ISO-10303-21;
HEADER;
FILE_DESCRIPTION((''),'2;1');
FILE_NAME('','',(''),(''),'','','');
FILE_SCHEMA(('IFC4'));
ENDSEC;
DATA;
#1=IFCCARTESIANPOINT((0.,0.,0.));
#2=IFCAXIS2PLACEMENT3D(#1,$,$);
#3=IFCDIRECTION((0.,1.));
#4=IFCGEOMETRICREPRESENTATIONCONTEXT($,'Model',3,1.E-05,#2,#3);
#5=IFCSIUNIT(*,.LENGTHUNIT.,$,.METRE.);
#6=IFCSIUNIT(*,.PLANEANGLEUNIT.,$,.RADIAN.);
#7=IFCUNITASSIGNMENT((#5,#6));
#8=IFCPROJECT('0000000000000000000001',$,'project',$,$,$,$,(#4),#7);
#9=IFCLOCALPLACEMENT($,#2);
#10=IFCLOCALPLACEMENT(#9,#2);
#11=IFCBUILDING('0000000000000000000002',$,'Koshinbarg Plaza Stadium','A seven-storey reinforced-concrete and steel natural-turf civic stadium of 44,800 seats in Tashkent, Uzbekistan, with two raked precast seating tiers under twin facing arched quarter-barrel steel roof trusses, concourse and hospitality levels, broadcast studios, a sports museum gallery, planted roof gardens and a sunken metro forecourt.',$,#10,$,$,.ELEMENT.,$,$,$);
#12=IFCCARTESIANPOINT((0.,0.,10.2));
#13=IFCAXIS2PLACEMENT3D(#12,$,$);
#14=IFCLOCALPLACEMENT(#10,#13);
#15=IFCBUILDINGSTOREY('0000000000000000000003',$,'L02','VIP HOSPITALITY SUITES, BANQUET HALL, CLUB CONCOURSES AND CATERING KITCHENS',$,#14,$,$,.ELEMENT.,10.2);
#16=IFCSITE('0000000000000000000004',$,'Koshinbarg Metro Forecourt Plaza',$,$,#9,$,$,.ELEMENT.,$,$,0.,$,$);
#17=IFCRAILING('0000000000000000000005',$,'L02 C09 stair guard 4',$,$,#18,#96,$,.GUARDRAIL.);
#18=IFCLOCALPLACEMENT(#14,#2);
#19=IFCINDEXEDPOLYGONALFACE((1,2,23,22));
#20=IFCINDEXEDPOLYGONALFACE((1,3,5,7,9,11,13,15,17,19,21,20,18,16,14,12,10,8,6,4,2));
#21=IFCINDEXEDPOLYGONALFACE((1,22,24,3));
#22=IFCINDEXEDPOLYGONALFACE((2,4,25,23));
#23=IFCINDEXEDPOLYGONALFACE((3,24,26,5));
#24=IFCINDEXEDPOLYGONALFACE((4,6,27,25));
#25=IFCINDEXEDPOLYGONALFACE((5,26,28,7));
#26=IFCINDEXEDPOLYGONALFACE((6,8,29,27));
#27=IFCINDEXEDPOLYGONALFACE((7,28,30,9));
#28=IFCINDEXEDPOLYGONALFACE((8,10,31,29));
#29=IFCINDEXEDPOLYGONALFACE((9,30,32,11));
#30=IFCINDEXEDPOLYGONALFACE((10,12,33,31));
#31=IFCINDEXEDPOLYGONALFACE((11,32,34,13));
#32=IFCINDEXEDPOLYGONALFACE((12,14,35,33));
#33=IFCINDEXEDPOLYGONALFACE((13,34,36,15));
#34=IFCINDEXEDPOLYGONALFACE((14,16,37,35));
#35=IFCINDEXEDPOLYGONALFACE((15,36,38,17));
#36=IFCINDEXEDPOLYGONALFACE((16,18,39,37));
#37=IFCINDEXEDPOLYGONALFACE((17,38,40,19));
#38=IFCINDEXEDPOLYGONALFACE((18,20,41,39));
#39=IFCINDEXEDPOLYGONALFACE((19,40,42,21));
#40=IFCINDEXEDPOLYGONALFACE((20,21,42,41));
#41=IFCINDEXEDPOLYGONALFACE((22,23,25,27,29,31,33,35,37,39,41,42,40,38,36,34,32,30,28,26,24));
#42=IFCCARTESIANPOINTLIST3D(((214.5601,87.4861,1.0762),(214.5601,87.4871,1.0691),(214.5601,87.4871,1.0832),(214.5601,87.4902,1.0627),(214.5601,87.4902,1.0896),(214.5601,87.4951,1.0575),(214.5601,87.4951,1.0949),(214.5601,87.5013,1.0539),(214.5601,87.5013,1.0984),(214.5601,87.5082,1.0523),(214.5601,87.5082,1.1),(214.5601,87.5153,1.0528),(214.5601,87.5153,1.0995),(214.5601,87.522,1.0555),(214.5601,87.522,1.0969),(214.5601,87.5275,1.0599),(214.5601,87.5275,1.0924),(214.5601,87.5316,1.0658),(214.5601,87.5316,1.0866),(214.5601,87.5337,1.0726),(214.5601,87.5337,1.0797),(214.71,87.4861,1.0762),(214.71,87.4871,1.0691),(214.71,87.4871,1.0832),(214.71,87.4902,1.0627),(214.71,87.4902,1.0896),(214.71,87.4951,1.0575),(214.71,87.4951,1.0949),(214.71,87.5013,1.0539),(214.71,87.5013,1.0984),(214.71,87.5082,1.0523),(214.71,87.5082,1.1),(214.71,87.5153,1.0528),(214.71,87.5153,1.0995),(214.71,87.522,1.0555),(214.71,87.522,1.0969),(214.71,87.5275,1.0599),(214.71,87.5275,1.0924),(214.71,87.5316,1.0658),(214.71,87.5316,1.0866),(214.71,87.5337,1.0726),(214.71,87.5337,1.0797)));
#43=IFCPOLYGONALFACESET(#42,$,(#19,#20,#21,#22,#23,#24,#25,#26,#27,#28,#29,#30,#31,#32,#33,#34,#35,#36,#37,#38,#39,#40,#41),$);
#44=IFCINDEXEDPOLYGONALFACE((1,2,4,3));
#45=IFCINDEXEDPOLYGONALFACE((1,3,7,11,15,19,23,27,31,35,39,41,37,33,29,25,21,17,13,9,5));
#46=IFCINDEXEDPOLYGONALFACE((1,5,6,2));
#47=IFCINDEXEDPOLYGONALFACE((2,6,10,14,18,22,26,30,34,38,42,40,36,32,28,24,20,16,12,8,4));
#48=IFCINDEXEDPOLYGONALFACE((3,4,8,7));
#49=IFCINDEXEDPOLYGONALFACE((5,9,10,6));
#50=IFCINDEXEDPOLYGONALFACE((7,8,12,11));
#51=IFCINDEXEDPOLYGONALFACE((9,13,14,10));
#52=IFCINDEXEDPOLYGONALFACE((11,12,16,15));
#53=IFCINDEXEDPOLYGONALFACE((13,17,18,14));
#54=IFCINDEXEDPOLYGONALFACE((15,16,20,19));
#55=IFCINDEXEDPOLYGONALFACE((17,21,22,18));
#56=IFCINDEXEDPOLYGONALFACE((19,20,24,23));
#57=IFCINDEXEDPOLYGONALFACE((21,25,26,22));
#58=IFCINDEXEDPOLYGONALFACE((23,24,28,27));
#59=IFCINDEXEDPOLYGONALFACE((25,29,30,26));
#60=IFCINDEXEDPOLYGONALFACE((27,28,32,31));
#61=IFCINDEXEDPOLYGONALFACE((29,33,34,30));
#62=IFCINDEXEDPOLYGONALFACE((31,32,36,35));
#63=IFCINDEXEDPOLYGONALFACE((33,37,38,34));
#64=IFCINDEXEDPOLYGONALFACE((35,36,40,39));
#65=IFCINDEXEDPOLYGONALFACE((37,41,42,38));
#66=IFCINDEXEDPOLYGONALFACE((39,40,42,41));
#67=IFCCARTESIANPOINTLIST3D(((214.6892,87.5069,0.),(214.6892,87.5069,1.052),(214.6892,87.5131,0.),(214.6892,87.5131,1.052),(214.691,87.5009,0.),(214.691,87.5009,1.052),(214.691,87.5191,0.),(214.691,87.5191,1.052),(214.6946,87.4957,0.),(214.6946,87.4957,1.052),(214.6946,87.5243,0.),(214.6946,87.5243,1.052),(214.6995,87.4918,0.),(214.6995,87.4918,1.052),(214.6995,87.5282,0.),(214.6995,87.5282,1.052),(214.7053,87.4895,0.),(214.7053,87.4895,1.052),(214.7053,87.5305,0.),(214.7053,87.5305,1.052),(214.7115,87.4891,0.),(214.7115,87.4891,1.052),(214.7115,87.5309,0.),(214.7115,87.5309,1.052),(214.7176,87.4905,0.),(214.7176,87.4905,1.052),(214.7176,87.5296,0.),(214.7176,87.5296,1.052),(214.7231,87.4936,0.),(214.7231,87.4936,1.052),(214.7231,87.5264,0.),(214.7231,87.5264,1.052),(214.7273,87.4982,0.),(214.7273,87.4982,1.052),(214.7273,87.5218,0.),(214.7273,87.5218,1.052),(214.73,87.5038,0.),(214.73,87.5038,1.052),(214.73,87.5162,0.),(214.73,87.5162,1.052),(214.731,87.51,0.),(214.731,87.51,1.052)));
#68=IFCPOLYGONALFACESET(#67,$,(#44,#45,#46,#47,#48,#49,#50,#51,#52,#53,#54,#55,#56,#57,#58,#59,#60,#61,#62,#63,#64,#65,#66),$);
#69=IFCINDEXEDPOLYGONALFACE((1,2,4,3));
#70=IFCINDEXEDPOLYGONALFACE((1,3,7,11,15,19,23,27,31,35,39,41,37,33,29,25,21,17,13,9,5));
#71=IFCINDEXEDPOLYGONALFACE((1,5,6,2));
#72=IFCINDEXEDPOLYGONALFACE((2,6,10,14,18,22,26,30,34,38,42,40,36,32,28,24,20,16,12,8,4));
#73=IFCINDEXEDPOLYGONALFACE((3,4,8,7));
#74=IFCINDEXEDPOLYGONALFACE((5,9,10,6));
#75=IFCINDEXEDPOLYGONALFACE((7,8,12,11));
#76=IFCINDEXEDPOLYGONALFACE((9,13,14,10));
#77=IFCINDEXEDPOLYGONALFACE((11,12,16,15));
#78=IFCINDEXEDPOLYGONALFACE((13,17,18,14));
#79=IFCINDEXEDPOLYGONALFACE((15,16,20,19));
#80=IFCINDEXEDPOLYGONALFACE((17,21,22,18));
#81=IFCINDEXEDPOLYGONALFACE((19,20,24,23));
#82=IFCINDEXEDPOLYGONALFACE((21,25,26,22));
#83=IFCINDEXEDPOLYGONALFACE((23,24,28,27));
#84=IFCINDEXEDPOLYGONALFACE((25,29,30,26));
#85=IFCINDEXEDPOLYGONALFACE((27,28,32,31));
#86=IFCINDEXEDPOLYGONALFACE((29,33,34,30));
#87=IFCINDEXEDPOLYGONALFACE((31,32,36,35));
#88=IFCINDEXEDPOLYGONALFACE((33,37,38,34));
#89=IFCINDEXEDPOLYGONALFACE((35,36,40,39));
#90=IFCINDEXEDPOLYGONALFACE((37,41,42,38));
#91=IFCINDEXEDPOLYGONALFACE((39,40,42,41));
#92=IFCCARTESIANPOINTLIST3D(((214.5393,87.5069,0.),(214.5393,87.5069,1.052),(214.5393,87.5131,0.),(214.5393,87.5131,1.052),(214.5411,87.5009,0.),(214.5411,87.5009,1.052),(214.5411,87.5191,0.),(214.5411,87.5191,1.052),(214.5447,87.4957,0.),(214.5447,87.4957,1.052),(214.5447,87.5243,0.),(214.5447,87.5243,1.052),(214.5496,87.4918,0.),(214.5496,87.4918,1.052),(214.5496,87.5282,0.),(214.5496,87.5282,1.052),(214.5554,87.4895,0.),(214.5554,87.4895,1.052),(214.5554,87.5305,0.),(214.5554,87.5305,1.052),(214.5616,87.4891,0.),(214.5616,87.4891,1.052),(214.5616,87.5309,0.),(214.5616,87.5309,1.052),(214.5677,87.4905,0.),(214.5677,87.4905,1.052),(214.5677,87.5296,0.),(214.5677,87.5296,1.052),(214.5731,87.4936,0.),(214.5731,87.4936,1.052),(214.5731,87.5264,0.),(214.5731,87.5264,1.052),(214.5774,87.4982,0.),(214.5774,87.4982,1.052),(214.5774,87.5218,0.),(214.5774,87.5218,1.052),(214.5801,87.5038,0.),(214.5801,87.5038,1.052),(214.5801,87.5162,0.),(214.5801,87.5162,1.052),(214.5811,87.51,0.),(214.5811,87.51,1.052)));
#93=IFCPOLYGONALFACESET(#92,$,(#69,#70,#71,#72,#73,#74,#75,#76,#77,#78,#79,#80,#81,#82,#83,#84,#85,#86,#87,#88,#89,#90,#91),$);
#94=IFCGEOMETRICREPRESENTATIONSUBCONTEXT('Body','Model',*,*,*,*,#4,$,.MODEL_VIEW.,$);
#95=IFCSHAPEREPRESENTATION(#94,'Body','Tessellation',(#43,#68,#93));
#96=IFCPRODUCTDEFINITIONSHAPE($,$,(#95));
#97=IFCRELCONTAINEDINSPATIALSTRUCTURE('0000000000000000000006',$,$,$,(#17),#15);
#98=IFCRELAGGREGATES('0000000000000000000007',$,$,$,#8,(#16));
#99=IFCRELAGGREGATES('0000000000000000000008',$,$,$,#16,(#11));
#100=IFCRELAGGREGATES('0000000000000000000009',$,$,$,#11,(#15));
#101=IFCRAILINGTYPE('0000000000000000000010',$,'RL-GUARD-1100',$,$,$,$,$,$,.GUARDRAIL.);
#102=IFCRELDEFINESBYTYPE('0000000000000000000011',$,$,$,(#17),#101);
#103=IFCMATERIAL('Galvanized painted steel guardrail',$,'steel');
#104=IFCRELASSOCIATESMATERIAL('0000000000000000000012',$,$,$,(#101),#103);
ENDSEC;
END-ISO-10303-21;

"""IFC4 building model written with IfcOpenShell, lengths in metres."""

from ifc_helpers import new_model, si_unit, direction, frame, origin, origin_2d, place, context, subcontext, project, spatial, circle, extrude, material, type_object, element, save


model = new_model("IFC4")

# Units and contexts
model_context = context("Model", 3, precision=1e-05, world=origin(), true_north=direction((0.0, 1.0)))
body_context = subcontext(model_context, "Body", "Model", "MODEL_VIEW")
ifc_project = project(units=[si_unit("LENGTHUNIT", "METRE"), si_unit("PLANEANGLEUNIT", "RADIAN")], contexts=[model_context])

# Site, building, storey
site_placement = place(None, origin())
site = spatial("IfcSite", under=ifc_project, at=site_placement, Name="Koshinbarg Metro Forecourt Plaza", CompositionType="ELEMENT", RefElevation=0.0)
building_placement = place(site_placement, origin())
building = spatial("IfcBuilding", under=site, at=building_placement, Name="Koshinbarg Plaza Stadium", Description="A seven-storey reinforced-concrete and steel natural-turf civic stadium of 44,800 seats in Tashkent, Uzbekistan, with two raked precast seating tiers under twin facing arched quarter-barrel steel roof trusses, concourse and hospitality levels, broadcast studios, a sports museum gallery, planted roof gardens and a sunken metro forecourt.", CompositionType="ELEMENT")
storey_placement = place(building_placement, frame((0.0, 0.0, 10.2)))
storey = spatial("IfcBuildingStorey", under=building, at=storey_placement, Name="L02", Description="VIP HOSPITALITY SUITES, BANQUET HALL, CLUB CONCOURSES AND CATERING KITCHENS", CompositionType="ELEMENT", Elevation=10.2)

# Railing
ifc_material_1 = material(Name="Galvanized painted steel guardrail", Category="steel")
railing_type_1 = type_object("IfcRailingType", Name="RL-GUARD-1100", PredefinedType="GUARDRAIL", material=ifc_material_1)
railing_1_placement = place(storey_placement, frame((214.71, 87.51, 0.0)))
element("IfcRailing", 1, at=railing_1_placement, inside=storey, type_object=railing_type_1, Name="L02 C09 stair guard 4", PredefinedType="GUARDRAIL", context=body_context, shape_type="SweptSolid", body=[
    extrude(circle(Radius=0.0239, at=origin_2d()), frame((0.0, 0.0, 1.0762), z_axis=(-1.0, 0.0, 0.0), x_axis=(0.0, -1.0, 0.0)), (0.0, 0.0, 1.0), 0.1499),
    extrude(circle(Radius=0.021, at=origin_2d()), origin(), (0.0, 0.0, 1.0), 1.052),
    extrude(circle(Radius=0.021, at=origin_2d()), frame((-0.1499, 0.0, 0.0)), (0.0, 0.0, 1.0), 1.052),
])

save(model, "model.ifc")
